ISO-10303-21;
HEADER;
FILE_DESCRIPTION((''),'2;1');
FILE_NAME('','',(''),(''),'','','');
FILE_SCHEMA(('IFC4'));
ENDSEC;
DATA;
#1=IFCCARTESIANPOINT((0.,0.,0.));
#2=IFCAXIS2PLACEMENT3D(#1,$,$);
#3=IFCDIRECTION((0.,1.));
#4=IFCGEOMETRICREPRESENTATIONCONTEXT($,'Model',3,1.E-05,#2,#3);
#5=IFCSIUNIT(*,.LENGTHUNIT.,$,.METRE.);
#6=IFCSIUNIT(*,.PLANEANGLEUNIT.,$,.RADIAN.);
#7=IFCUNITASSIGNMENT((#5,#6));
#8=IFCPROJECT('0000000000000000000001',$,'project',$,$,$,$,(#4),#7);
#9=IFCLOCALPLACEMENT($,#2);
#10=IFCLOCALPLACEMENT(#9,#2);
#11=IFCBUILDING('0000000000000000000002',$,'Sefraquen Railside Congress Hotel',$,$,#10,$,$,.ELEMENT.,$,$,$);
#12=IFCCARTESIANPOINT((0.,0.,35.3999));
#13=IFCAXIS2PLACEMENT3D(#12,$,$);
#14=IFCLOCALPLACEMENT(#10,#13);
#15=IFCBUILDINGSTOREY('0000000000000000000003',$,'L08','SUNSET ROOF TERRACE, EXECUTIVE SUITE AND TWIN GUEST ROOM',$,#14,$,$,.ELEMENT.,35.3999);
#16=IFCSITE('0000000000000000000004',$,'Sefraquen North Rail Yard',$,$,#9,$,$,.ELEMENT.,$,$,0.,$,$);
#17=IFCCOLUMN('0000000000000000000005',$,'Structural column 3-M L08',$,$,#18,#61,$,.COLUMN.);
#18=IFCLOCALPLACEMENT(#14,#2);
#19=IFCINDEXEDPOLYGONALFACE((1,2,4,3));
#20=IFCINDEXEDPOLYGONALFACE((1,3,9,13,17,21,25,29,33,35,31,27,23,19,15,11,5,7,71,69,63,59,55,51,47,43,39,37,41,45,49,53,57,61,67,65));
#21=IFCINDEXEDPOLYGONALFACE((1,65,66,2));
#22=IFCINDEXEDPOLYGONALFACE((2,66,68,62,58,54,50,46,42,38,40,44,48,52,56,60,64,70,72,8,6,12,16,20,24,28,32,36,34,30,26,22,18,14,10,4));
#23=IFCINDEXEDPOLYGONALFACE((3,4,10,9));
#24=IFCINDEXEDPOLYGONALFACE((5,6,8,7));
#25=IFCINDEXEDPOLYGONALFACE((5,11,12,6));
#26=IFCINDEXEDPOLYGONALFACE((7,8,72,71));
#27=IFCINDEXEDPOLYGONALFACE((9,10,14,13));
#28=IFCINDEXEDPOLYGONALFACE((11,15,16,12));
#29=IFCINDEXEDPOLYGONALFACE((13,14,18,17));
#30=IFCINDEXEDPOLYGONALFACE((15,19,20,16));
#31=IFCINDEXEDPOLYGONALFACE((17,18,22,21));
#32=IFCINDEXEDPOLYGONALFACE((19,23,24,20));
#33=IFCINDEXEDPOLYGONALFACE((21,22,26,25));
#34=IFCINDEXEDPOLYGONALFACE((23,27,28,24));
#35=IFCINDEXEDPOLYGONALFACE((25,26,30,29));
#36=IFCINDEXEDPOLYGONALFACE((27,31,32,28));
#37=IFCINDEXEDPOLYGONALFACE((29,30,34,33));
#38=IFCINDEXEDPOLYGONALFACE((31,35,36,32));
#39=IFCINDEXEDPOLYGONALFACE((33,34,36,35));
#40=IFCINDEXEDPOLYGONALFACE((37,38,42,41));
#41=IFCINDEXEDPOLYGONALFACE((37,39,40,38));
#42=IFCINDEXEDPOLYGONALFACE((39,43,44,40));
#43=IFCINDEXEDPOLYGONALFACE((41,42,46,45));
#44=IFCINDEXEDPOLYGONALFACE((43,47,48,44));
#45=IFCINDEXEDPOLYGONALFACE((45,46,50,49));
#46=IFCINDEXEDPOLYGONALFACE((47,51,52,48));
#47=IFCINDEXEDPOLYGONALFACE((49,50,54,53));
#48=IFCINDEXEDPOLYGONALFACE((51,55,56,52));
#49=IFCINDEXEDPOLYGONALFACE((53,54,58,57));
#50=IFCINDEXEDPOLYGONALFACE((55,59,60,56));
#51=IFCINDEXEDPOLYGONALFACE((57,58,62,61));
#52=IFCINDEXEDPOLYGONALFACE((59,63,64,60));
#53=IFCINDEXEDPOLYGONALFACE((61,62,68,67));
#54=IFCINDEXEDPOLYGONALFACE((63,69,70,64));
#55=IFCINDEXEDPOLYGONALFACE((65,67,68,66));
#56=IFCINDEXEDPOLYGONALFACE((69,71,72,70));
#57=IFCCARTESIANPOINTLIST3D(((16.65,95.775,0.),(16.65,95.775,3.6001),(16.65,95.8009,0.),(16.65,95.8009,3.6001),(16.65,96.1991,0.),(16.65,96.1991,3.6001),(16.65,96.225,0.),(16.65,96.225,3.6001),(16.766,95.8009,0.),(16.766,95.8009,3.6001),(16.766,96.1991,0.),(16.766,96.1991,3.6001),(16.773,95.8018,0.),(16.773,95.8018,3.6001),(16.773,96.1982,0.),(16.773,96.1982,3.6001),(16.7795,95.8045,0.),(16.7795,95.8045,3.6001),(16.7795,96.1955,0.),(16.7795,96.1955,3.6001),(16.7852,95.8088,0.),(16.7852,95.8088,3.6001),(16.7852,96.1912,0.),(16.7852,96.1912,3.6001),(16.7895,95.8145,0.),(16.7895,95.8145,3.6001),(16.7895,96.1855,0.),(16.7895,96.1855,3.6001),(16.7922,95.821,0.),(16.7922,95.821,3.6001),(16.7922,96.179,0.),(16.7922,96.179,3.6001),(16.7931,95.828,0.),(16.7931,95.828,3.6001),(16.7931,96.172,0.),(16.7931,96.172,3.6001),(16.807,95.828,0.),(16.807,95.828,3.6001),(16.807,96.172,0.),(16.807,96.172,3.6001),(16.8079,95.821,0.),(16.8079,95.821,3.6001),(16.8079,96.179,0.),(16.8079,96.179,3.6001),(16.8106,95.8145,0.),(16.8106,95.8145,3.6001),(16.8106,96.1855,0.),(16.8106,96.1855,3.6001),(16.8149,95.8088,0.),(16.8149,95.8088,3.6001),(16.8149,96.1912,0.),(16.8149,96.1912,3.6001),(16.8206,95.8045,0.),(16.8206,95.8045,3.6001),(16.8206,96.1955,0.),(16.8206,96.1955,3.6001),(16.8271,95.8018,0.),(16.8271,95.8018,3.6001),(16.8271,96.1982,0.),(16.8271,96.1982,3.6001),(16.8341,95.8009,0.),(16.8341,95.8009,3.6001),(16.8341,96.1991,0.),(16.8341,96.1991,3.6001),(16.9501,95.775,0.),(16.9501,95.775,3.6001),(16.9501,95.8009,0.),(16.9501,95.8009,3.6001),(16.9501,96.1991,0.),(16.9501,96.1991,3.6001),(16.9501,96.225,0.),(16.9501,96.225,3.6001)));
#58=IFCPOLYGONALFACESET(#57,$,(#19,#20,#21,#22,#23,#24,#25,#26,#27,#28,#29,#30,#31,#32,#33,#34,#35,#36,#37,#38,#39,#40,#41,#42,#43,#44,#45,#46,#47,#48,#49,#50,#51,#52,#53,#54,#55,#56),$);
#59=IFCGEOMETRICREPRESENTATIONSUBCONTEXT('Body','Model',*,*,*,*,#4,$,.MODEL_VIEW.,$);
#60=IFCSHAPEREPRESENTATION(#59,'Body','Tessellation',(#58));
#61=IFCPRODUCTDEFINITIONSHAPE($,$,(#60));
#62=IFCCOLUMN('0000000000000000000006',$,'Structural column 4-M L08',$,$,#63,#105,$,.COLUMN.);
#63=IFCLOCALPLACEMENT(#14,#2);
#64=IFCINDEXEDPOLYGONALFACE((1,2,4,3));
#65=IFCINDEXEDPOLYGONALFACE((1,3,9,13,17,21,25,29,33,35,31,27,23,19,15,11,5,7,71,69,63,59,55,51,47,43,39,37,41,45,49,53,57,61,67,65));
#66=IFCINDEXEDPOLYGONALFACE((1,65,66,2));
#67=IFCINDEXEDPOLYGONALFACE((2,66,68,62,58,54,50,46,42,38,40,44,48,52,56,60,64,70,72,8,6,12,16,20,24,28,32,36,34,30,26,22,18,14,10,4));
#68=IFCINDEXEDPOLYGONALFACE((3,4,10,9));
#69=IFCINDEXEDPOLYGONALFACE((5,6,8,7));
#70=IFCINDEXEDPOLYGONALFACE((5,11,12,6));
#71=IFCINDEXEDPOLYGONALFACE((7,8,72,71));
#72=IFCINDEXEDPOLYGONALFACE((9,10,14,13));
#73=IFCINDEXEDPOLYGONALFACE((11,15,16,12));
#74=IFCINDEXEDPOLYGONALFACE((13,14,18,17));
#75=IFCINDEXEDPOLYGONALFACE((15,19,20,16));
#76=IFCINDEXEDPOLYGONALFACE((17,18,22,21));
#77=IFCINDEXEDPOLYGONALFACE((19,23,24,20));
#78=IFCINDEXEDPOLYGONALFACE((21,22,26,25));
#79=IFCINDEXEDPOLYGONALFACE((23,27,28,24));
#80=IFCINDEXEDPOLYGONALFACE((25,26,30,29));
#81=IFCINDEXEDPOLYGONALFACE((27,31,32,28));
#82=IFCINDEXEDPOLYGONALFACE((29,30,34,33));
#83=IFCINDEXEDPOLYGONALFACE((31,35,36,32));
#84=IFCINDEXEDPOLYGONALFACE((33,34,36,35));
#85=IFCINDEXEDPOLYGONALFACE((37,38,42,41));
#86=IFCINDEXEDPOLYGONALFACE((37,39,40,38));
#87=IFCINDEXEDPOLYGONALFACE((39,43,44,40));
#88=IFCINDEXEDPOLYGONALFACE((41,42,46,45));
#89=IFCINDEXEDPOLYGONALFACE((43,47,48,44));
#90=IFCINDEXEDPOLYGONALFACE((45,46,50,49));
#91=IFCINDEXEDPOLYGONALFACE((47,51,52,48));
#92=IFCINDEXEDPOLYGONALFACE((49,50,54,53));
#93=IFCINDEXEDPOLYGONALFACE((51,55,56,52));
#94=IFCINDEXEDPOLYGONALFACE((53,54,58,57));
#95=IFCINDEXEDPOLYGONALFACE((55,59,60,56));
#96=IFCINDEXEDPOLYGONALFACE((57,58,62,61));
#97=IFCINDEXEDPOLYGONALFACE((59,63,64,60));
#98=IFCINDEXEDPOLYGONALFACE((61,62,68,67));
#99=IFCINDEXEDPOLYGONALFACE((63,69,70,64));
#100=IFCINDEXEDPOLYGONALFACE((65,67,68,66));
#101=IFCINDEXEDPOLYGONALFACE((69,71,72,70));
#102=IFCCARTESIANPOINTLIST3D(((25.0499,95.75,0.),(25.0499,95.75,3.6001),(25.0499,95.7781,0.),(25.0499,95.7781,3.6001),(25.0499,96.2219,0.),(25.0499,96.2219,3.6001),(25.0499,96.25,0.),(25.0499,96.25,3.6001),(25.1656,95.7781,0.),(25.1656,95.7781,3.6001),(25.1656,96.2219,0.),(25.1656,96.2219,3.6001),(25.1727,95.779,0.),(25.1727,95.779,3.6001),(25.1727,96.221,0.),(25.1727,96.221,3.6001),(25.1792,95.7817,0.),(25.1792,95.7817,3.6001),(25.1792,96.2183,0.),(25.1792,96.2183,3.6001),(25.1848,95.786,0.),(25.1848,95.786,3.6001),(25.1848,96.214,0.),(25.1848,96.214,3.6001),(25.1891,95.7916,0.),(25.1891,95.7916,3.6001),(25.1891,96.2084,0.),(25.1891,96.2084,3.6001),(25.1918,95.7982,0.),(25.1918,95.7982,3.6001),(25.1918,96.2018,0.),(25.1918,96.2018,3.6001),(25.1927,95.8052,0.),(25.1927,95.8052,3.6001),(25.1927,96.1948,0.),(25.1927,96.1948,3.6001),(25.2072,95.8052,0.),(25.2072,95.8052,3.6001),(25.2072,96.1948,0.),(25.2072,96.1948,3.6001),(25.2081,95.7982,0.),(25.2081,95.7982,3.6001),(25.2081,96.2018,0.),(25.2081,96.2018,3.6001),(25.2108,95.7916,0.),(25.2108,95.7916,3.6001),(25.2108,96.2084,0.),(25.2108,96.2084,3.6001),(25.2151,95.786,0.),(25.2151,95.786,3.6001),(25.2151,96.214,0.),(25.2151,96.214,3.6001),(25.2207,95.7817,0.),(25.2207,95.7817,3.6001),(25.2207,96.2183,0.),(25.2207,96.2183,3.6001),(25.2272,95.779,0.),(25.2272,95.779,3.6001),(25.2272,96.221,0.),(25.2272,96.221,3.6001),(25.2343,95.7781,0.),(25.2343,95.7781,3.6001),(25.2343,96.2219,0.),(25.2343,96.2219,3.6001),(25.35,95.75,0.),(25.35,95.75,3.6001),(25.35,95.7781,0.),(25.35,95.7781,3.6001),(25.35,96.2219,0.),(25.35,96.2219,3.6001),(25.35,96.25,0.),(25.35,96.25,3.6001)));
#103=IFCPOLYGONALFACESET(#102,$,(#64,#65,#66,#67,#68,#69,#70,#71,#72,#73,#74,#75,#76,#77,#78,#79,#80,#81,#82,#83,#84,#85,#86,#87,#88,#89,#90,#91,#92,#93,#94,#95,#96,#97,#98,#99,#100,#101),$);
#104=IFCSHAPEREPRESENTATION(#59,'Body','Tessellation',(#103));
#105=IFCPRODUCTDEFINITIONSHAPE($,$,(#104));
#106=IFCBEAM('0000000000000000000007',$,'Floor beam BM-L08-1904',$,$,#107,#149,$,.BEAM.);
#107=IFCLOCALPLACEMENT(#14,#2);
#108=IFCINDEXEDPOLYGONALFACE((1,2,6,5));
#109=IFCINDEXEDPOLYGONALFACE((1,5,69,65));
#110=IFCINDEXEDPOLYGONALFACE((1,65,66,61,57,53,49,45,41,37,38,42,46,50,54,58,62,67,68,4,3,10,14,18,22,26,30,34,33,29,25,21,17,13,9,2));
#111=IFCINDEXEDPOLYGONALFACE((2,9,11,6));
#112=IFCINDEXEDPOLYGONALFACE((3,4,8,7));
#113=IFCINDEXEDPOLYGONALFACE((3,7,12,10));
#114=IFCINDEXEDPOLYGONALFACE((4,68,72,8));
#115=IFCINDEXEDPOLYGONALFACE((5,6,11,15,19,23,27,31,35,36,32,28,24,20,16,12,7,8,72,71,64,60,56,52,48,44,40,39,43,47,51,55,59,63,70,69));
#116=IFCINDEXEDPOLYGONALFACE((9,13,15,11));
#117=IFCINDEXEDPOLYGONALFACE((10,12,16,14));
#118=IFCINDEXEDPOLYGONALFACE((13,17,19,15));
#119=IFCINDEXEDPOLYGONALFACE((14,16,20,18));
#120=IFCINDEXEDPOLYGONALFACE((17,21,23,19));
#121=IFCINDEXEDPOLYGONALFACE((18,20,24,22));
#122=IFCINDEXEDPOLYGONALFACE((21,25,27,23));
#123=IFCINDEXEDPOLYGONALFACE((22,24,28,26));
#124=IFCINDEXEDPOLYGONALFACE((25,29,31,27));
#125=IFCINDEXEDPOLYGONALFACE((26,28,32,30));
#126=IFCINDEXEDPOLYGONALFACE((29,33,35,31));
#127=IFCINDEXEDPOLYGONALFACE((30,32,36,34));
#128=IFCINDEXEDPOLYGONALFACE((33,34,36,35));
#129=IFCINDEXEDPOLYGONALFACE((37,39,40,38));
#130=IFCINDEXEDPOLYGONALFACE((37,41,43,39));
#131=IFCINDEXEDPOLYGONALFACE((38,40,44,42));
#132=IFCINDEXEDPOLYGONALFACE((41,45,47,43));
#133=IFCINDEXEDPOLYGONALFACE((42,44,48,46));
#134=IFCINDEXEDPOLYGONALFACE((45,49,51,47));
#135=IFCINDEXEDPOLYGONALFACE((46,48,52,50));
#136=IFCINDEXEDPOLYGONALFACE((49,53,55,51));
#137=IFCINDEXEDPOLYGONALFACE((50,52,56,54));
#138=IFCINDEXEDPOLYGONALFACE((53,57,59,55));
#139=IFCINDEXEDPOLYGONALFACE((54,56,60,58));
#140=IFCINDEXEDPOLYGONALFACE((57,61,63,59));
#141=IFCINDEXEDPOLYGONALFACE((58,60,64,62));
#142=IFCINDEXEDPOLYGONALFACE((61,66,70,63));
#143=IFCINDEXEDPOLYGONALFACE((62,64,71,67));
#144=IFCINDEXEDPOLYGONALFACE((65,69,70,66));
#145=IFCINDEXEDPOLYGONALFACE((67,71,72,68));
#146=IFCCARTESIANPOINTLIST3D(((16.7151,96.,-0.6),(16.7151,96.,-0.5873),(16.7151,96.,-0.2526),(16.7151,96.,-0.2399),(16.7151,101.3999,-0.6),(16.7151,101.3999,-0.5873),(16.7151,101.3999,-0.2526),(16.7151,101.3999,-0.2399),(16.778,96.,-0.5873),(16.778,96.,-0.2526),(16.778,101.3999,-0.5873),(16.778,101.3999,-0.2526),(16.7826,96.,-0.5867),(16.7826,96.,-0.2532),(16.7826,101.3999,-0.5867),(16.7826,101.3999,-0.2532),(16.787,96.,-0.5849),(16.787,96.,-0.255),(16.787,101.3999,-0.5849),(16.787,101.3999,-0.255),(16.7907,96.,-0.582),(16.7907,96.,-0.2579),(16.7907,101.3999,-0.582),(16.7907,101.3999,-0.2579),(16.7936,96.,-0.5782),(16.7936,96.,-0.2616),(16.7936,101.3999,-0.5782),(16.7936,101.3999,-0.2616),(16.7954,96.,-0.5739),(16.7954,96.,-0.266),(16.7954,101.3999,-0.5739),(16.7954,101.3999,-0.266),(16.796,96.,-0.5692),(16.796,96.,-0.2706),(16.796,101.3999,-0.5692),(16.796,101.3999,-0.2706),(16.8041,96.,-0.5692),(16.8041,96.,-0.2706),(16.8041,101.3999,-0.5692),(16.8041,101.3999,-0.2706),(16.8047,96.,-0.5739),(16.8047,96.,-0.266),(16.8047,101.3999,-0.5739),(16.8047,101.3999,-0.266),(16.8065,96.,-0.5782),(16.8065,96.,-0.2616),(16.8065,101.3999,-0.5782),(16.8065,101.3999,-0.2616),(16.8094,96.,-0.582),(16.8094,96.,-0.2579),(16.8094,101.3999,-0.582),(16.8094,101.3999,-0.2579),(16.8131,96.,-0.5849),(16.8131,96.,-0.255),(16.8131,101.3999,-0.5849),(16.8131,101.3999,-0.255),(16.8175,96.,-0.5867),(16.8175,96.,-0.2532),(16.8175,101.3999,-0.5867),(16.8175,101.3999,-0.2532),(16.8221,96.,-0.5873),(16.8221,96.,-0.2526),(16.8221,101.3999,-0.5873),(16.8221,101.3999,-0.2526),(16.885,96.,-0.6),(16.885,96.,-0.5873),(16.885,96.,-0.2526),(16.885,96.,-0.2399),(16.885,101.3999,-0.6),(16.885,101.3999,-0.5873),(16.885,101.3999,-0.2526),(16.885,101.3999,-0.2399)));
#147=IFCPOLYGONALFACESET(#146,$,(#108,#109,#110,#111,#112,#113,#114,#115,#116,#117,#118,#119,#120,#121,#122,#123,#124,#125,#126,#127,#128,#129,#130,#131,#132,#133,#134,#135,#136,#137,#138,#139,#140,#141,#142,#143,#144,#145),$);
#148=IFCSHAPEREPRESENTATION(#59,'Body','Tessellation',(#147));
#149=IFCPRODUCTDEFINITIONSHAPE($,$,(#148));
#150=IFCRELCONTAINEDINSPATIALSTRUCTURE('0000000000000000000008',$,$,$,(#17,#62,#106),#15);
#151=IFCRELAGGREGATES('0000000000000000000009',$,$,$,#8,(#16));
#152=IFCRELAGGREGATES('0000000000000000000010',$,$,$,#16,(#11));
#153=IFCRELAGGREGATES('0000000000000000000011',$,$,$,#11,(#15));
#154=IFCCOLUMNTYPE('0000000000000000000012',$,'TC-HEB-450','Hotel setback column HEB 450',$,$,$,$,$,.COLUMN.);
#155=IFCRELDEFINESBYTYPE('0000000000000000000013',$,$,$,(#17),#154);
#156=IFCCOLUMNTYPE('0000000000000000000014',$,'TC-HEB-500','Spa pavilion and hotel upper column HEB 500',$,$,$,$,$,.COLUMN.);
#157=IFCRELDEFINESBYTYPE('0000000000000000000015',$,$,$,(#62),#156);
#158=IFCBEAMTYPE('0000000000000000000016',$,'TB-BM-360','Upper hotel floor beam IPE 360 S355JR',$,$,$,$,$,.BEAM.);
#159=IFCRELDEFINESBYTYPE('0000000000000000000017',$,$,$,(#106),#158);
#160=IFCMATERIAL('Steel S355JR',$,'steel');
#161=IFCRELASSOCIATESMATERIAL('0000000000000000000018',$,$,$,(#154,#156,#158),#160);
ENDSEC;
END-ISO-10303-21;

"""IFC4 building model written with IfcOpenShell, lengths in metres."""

from ifc_helpers import new_model, si_unit, direction, frame, origin, origin_2d, place, context, subcontext, project, spatial, i_section, extrude, material, material_profile, profile_set, type_object, element, save


model = new_model("IFC4")

# Units and contexts
model_context = context("Model", 3, precision=1e-05, world=origin(), true_north=direction((0.0, 1.0)))
body_context = subcontext(model_context, "Body", "Model", "MODEL_VIEW")
ifc_project = project(units=[si_unit("LENGTHUNIT", "METRE"), si_unit("PLANEANGLEUNIT", "RADIAN")], contexts=[model_context])

# Site, building, storey
site_placement = place(None, origin())
site = spatial("IfcSite", under=ifc_project, at=site_placement, Name="Sefraquen North Rail Yard", CompositionType="ELEMENT", RefElevation=0.0)
building_placement = place(site_placement, origin())
building = spatial("IfcBuilding", under=site, at=building_placement, Name="Sefraquen Railside Congress Hotel", CompositionType="ELEMENT")
storey_placement = place(building_placement, frame((0.0, 0.0, 35.3999)))
storey = spatial("IfcBuildingStorey", under=building, at=storey_placement, Name="L08", Description="SUNSET ROOF TERRACE, EXECUTIVE SUITE AND TWIN GUEST ROOM", CompositionType="ELEMENT", Elevation=35.3999)

# Columns
ifc_material_1 = material(Name="Steel S355JR", Category="steel")
ifc_material_profile_1 = material_profile(ifc_material_1, i_section(OverallWidth=0.3, OverallDepth=0.45, WebThickness=0.0139, FlangeThickness=0.0259, FilletRadius=0.0271, at=origin_2d()), Name="HEB 450")
ifc_profile_set_1 = profile_set([ifc_material_profile_1], Name="Steel S355JR")
column_type_1 = type_object("IfcColumnType", Name="TC-HEB-450", Description="Hotel setback column HEB 450", PredefinedType="COLUMN", material=ifc_profile_set_1)
column_1_placement = place(storey_placement, frame((16.8, 96.0, 0.0), z_axis=(0.0, 0.0, 1.0), x_axis=(1.0, 0.0, 0.0)))
element("IfcColumn", 1, at=column_1_placement, inside=storey, type_object=column_type_1, Name="Structural column 3-M L08", PredefinedType="COLUMN", context=body_context, shape_type="SweptSolid", body=[
    extrude(i_section(OverallWidth=0.3, OverallDepth=0.45, WebThickness=0.0139, FlangeThickness=0.0259, FilletRadius=0.0271, at=origin_2d()), origin(), (0.0, 0.0, 1.0), 3.6001),
])
ifc_material_profile_2 = material_profile(ifc_material_1, i_section(OverallWidth=0.3, OverallDepth=0.5, WebThickness=0.0144, FlangeThickness=0.0281, FilletRadius=0.0271, at=origin_2d()), Name="HEB 500")
ifc_profile_set_2 = profile_set([ifc_material_profile_2], Name="Steel S355JR")
column_type_2 = type_object("IfcColumnType", Name="TC-HEB-500", Description="Spa pavilion and hotel upper column HEB 500", PredefinedType="COLUMN", material=ifc_profile_set_2)
column_2_placement = place(storey_placement, frame((25.2, 96.0, 0.0), z_axis=(0.0, 0.0, 1.0), x_axis=(1.0, 0.0, 0.0)))
element("IfcColumn", 2, at=column_2_placement, inside=storey, type_object=column_type_2, Name="Structural column 4-M L08", PredefinedType="COLUMN", context=body_context, shape_type="SweptSolid", body=[
    extrude(i_section(OverallWidth=0.3, OverallDepth=0.5, WebThickness=0.0144, FlangeThickness=0.0281, FilletRadius=0.0271, at=origin_2d()), origin(), (0.0, 0.0, 1.0), 3.6001),
])

# Beam
ifc_material_profile_3 = material_profile(ifc_material_1, i_section(OverallWidth=0.1699, OverallDepth=0.3601, WebThickness=0.0081, FlangeThickness=0.0127, FilletRadius=0.0181, at=origin_2d()), Name="IPE 360")
ifc_profile_set_3 = profile_set([ifc_material_profile_3], Name="Steel S355JR")
beam_type_1 = type_object("IfcBeamType", Name="TB-BM-360", Description="Upper hotel floor beam IPE 360 S355JR", PredefinedType="BEAM", material=ifc_profile_set_3)
beam_1_placement = place(storey_placement, frame((16.8, 96.0, -0.4199), z_axis=(0.0, 1.0, 0.0), x_axis=(-1.0, 0.0, 0.0)))
element("IfcBeam", 3, at=beam_1_placement, inside=storey, type_object=beam_type_1, Name="Floor beam BM-L08-1904", PredefinedType="BEAM", context=body_context, shape_type="SweptSolid", body=[
    extrude(i_section(OverallWidth=0.1699, OverallDepth=0.3601, WebThickness=0.0081, FlangeThickness=0.0127, FilletRadius=0.0181, at=origin_2d()), origin(), (0.0, 0.0, 1.0), 5.3999),
])

save(model, "model.ifc")
